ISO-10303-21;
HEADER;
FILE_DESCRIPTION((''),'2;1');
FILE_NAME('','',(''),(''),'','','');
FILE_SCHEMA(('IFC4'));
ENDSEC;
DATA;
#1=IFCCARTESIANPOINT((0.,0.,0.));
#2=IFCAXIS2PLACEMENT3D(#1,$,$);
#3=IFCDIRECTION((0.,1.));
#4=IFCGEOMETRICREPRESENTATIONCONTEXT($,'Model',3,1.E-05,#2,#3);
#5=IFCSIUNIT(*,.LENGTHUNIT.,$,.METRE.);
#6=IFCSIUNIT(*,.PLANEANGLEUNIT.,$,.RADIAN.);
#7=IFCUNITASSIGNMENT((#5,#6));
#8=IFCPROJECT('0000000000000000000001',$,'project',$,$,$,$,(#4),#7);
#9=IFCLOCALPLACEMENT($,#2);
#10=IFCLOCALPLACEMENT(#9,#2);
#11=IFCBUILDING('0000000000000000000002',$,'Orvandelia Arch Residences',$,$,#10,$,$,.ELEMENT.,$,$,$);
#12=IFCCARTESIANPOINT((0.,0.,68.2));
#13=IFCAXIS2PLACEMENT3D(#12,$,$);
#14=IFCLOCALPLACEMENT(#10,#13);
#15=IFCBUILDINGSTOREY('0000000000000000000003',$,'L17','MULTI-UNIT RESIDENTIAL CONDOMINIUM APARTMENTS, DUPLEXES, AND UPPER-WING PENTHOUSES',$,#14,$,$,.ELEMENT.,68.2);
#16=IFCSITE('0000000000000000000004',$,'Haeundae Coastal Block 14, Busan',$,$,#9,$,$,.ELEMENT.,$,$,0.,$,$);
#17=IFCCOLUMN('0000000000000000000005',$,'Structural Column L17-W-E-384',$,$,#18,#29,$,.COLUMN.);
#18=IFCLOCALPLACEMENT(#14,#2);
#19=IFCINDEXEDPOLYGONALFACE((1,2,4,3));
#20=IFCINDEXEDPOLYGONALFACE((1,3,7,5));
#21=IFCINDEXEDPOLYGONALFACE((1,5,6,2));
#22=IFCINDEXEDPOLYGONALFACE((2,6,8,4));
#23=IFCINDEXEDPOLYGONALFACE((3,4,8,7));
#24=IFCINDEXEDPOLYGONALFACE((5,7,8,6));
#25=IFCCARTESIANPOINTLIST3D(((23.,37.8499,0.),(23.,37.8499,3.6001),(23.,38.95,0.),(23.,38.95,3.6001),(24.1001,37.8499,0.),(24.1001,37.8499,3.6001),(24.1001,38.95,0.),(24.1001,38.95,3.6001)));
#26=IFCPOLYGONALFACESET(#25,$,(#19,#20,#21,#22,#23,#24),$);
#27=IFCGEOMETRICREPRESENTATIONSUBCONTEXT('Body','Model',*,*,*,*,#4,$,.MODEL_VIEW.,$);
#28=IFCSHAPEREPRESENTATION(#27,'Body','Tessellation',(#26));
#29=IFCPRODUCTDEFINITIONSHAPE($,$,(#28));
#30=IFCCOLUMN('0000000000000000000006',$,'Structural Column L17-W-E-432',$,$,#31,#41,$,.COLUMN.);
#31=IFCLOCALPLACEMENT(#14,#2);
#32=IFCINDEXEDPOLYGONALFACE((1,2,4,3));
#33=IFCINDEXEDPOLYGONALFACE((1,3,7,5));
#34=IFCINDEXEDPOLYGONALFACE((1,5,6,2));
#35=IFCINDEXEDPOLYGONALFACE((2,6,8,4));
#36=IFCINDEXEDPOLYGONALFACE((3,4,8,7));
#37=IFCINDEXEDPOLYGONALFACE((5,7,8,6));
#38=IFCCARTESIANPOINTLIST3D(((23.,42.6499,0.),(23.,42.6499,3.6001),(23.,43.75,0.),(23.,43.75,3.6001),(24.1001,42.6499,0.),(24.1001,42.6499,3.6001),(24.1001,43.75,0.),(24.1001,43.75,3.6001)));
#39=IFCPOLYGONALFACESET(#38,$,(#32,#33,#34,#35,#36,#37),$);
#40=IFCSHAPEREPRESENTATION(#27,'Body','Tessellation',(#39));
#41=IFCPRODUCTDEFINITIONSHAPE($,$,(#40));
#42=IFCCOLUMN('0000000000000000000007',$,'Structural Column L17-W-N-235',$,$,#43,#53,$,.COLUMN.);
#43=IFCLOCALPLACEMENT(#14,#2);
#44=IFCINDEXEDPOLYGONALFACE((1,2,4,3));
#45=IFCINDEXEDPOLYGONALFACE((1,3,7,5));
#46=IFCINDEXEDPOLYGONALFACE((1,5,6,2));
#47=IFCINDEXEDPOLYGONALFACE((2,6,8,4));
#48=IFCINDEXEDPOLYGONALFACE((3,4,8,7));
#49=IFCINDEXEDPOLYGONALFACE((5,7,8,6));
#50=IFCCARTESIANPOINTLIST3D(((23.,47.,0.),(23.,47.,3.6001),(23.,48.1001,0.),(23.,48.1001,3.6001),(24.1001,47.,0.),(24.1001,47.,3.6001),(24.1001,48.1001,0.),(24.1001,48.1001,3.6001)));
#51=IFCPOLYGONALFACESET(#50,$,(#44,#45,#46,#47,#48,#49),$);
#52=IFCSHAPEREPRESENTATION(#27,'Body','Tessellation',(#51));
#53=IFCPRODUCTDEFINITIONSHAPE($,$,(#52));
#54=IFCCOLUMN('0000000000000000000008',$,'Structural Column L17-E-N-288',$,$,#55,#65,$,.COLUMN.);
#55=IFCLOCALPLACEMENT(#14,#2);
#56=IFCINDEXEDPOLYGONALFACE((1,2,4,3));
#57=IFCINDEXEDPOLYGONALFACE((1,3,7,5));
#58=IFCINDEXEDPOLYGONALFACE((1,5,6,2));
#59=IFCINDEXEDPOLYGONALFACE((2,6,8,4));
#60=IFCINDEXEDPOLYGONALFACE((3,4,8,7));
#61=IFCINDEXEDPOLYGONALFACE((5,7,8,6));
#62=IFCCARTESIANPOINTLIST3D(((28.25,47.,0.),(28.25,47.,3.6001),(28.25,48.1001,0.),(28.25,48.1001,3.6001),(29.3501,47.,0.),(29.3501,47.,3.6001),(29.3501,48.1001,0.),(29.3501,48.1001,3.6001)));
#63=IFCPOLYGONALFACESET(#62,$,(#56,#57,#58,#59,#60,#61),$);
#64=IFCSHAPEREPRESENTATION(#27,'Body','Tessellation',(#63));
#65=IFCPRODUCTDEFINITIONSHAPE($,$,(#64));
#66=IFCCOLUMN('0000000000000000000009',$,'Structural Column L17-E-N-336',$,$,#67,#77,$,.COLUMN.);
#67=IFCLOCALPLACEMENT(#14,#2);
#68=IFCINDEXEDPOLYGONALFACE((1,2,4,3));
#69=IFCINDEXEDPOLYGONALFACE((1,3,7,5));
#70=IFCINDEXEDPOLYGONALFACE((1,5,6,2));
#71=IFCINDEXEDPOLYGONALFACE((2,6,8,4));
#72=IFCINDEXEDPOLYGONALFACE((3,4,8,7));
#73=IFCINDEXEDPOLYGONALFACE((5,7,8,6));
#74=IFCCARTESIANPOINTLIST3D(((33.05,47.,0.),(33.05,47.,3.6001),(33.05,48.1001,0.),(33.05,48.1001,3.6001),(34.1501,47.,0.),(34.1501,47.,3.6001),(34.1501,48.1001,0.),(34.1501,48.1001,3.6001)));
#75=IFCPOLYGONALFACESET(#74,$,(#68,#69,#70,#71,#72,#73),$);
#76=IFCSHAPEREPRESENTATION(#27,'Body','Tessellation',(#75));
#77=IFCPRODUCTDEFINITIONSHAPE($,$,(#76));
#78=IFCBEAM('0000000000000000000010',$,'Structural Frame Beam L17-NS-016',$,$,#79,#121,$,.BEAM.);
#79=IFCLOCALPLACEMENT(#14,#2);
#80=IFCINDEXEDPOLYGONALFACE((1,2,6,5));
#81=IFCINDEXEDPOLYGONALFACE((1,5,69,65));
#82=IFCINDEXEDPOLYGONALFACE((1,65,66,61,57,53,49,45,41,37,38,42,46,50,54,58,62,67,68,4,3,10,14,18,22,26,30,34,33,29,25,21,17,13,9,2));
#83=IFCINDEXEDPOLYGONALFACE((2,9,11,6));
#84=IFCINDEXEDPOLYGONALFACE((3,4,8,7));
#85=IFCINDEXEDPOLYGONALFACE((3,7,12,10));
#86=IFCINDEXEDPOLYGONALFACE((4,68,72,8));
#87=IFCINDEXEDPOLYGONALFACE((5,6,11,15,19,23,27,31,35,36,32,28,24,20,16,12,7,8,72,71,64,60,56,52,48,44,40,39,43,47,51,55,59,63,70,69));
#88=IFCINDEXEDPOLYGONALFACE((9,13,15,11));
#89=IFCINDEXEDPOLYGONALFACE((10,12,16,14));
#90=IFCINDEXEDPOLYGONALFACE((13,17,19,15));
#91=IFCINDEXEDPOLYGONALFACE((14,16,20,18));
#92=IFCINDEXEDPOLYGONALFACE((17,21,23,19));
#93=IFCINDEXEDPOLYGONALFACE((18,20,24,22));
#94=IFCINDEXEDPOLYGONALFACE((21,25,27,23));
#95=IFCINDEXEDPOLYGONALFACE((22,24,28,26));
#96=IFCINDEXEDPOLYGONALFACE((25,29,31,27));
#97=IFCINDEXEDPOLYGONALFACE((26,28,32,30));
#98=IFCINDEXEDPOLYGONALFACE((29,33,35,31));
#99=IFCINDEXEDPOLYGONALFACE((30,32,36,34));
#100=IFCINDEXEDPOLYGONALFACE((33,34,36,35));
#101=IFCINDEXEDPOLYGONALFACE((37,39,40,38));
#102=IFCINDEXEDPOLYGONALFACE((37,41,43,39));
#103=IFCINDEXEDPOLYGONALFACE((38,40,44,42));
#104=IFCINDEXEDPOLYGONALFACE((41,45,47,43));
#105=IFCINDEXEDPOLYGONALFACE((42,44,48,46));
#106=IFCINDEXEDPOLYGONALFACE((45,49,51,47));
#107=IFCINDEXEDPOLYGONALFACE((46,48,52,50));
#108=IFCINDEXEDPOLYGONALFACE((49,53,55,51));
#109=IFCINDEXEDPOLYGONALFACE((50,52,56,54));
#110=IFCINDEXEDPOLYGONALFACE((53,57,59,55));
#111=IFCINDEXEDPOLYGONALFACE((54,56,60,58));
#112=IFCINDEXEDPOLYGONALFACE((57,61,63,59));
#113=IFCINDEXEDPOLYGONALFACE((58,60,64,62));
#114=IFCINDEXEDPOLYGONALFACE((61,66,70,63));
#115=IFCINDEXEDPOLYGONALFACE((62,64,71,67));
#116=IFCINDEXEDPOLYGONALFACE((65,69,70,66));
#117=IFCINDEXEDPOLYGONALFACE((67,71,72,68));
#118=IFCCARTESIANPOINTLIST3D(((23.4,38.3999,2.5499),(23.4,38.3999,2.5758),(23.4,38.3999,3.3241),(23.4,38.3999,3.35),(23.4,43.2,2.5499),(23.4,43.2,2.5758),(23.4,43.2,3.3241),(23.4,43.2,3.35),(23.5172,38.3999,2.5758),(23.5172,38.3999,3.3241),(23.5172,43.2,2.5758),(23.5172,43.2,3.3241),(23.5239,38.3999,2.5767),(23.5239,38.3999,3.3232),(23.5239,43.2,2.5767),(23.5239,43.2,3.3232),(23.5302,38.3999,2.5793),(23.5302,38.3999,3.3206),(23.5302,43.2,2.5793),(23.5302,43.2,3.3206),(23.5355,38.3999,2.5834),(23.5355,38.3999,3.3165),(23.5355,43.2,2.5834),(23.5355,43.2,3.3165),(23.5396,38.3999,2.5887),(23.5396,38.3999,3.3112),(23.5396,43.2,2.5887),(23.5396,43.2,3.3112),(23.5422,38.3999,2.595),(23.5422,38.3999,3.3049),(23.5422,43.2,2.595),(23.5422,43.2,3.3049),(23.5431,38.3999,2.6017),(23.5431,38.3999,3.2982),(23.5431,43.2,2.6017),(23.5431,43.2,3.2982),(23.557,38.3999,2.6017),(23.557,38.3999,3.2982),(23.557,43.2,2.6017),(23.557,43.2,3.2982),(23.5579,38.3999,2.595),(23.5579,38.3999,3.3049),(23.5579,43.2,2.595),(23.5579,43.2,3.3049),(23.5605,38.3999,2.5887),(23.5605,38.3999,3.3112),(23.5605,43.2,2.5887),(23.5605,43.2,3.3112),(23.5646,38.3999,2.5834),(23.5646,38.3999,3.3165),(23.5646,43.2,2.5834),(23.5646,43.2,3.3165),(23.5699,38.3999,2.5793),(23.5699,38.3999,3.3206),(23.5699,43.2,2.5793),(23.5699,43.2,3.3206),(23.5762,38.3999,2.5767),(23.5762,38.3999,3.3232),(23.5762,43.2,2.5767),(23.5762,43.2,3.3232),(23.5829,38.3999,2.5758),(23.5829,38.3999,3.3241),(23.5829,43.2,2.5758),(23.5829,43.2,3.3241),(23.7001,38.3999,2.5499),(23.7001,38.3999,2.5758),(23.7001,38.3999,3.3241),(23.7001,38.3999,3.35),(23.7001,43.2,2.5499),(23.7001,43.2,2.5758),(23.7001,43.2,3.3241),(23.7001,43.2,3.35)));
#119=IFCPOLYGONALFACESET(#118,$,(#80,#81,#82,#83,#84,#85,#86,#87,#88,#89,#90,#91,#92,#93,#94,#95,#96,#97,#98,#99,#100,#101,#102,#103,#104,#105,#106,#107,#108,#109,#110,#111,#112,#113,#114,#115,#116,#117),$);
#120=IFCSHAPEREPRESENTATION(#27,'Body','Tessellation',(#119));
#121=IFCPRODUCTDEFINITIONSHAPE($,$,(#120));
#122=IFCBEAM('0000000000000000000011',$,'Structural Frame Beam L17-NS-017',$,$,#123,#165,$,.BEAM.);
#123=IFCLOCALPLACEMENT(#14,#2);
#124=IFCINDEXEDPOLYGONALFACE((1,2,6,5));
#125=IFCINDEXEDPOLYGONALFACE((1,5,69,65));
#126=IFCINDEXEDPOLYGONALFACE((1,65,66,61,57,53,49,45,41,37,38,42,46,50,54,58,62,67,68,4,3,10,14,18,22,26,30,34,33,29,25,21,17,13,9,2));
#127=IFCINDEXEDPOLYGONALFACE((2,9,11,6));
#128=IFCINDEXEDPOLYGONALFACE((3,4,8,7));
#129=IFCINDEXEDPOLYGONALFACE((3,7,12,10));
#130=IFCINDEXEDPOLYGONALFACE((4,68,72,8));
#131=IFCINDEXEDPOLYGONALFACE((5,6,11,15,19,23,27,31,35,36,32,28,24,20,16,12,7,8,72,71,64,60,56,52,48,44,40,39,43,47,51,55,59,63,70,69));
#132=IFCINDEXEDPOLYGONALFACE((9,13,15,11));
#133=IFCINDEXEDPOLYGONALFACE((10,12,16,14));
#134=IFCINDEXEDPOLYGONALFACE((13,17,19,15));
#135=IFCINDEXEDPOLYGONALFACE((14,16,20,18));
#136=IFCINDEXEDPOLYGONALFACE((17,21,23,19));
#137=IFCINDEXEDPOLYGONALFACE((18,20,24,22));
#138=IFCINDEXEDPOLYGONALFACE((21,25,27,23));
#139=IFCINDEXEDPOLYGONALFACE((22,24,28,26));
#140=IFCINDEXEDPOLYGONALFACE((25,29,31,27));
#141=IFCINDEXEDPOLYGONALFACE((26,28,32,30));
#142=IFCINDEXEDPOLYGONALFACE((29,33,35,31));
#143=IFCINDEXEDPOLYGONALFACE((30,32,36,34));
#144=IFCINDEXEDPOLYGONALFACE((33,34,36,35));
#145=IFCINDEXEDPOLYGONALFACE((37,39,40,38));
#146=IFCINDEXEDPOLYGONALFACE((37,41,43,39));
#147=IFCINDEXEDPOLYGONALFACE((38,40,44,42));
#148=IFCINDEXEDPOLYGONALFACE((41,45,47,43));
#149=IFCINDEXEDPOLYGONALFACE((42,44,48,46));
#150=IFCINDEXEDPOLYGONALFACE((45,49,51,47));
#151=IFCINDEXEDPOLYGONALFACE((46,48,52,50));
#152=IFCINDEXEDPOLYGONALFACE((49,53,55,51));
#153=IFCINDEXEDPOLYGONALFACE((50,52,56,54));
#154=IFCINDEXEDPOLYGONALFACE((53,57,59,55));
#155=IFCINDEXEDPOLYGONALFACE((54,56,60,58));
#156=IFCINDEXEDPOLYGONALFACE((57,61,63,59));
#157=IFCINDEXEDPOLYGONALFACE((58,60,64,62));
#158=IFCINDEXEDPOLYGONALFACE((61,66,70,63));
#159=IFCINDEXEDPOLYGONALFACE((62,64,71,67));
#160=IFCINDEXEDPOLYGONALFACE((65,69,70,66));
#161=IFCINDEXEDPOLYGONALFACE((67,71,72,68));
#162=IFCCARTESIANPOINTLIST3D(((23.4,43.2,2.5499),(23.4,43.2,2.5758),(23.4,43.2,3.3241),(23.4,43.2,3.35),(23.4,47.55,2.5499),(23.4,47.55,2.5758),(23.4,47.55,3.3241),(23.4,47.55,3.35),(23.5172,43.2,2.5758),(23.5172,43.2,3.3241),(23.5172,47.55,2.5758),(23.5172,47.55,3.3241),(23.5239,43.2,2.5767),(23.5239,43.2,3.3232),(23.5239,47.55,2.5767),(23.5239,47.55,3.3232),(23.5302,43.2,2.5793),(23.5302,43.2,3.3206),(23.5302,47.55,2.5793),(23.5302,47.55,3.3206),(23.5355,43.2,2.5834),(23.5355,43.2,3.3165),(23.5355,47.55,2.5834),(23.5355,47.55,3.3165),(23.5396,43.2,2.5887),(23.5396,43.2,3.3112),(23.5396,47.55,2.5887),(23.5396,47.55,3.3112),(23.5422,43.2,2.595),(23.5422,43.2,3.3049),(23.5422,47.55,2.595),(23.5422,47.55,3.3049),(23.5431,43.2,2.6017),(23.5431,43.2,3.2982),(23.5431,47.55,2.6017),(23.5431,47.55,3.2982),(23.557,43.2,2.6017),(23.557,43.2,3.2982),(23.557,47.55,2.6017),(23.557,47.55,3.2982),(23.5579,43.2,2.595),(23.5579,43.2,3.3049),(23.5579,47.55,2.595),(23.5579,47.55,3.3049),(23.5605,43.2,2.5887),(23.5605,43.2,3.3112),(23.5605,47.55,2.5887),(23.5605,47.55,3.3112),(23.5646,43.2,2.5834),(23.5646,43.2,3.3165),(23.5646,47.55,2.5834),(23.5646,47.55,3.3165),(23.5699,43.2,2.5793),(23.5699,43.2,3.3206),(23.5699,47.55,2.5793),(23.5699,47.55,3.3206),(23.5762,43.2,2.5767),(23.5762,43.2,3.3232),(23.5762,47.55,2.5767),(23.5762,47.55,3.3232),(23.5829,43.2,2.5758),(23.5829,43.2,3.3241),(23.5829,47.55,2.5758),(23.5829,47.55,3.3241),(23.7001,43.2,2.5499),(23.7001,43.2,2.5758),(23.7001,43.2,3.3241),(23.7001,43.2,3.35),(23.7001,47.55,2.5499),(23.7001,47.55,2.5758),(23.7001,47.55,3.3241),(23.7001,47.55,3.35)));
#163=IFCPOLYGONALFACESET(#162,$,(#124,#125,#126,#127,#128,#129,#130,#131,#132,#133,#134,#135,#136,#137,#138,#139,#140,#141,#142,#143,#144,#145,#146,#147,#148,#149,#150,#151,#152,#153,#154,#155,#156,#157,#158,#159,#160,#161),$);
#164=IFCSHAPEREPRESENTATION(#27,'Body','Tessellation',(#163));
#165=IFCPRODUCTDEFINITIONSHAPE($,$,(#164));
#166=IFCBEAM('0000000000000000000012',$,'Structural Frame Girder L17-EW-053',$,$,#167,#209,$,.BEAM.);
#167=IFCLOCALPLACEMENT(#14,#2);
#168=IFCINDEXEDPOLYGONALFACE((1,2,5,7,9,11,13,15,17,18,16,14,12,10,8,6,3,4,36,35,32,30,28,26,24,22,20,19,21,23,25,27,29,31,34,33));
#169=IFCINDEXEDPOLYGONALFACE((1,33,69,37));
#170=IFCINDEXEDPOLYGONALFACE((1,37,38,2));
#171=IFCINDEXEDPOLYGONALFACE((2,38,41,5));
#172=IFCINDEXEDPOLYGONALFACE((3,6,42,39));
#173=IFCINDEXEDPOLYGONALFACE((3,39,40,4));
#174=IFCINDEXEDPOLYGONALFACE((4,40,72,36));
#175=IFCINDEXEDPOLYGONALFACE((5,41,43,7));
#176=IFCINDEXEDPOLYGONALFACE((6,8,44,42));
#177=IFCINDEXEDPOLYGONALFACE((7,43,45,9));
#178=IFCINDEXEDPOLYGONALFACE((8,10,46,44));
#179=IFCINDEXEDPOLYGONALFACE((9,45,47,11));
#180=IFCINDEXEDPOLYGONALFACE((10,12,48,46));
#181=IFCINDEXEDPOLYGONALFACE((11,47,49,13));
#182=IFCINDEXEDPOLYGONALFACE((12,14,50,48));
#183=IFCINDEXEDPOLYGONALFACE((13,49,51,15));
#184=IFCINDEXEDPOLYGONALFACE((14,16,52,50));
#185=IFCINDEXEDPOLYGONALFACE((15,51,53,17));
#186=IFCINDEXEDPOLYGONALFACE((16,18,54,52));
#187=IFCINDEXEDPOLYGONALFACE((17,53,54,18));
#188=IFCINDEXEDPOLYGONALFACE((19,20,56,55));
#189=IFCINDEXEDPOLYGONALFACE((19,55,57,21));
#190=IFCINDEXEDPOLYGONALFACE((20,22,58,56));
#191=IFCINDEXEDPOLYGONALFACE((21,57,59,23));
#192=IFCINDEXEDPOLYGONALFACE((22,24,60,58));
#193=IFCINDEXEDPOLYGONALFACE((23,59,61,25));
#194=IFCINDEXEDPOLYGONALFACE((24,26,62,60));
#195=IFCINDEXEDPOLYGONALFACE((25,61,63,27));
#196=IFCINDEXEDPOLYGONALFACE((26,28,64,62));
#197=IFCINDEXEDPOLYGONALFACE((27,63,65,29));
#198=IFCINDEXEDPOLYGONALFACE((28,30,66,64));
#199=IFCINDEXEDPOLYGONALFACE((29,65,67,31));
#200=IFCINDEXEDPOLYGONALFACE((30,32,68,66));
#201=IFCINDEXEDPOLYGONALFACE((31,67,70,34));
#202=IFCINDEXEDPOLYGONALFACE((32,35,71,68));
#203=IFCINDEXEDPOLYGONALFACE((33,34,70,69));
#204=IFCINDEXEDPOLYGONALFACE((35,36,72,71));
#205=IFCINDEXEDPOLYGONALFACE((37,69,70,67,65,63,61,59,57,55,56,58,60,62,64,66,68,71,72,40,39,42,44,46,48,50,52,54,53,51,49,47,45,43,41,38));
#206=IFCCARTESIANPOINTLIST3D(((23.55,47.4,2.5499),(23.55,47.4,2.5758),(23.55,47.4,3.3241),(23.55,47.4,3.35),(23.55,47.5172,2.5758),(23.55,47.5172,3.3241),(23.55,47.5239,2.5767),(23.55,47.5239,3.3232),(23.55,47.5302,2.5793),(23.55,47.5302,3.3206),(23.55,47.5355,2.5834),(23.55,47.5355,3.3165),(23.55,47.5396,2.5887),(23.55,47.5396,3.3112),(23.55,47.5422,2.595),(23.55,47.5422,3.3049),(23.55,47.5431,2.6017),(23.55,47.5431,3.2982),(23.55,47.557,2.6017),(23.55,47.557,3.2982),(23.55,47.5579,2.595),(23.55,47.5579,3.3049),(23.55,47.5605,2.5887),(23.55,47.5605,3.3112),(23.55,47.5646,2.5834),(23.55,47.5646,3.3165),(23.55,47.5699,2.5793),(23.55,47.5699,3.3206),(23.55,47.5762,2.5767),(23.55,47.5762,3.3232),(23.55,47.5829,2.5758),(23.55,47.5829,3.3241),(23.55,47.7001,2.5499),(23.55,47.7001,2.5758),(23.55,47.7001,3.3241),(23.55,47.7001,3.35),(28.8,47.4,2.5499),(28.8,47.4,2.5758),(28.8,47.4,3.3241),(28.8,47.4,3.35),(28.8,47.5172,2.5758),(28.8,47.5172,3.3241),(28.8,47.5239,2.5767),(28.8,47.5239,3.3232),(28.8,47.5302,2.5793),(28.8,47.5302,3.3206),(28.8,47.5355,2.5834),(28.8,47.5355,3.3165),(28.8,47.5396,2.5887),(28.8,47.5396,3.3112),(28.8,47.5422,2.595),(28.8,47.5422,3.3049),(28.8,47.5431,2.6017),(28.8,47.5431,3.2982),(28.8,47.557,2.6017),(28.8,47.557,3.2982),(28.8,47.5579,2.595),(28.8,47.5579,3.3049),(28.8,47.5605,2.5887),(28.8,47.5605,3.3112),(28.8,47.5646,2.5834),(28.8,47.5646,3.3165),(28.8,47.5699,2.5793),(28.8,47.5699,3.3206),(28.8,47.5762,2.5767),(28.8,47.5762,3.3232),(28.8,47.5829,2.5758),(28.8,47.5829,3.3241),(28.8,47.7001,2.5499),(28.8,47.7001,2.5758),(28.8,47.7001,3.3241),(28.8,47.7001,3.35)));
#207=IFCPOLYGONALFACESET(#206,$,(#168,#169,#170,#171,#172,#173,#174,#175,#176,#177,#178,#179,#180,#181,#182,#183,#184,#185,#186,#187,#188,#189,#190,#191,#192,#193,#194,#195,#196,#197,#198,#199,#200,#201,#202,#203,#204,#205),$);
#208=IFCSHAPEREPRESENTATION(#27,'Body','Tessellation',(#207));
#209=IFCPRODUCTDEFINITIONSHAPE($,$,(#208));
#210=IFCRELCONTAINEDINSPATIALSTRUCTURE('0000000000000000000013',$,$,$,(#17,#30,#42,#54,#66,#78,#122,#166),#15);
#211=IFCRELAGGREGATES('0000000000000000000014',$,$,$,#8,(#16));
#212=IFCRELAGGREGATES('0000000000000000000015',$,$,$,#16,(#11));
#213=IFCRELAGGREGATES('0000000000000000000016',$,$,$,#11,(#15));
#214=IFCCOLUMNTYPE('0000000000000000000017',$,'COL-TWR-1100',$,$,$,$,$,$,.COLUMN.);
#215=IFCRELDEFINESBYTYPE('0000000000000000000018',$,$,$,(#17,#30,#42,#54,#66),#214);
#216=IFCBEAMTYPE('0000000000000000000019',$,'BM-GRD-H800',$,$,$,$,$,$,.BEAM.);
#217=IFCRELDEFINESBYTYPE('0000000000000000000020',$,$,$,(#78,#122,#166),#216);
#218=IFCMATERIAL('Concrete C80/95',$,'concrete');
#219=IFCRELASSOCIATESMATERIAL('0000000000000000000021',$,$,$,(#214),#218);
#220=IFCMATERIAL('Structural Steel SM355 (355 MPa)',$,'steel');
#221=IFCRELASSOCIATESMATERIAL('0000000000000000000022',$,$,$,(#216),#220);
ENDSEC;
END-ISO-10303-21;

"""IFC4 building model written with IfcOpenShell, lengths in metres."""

from ifc_helpers import new_model, si_unit, direction, frame, origin, origin_2d, place, context, subcontext, project, spatial, rectangle, i_section, extrude, material, material_profile, profile_set, type_object, element, save


model = new_model("IFC4")

# Units and contexts
model_context = context("Model", 3, precision=1e-05, world=origin(), true_north=direction((0.0, 1.0)))
body_context = subcontext(model_context, "Body", "Model", "MODEL_VIEW")
ifc_project = project(units=[si_unit("LENGTHUNIT", "METRE"), si_unit("PLANEANGLEUNIT", "RADIAN")], contexts=[model_context])

# Site, building, storey
site_placement = place(None, origin())
site = spatial("IfcSite", under=ifc_project, at=site_placement, Name="Haeundae Coastal Block 14, Busan", CompositionType="ELEMENT", RefElevation=0.0)
building_placement = place(site_placement, origin())
building = spatial("IfcBuilding", under=site, at=building_placement, Name="Orvandelia Arch Residences", CompositionType="ELEMENT")
storey_placement = place(building_placement, frame((0.0, 0.0, 68.2)))
storey = spatial("IfcBuildingStorey", under=building, at=storey_placement, Name="L17", Description="MULTI-UNIT RESIDENTIAL CONDOMINIUM APARTMENTS, DUPLEXES, AND UPPER-WING PENTHOUSES", CompositionType="ELEMENT", Elevation=68.2)

# Columns
ifc_material_1 = material(Name="Concrete C80/95", Category="concrete")
ifc_material_profile_1 = material_profile(ifc_material_1, rectangle(XDim=1.1001, YDim=1.1001, at=origin_2d()), Name="Concrete C80/95", Category="concrete")
ifc_profile_set_1 = profile_set([ifc_material_profile_1], Name="Concrete C80/95")
column_type = type_object("IfcColumnType", Name="COL-TWR-1100", PredefinedType="COLUMN", material=ifc_profile_set_1)
for number, where, z_axis, x_axis, name in (
    (1, (23.55, 38.3999, 0.0), (0.0, 0.0, 1.0), (1.0, 0.0, 0.0), "Structural Column L17-W-E-384"),
    (2, (23.55, 43.2, 0.0), (0.0, 0.0, 1.0), (1.0, 0.0, 0.0), "Structural Column L17-W-E-432"),
    (3, (23.55, 47.55, 0.0), (0.0, 0.0, 1.0), (1.0, 0.0, 0.0), "Structural Column L17-W-N-235"),
    (4, (28.8, 47.55, 0.0), (0.0, 0.0, 1.0), (1.0, 0.0, 0.0), "Structural Column L17-E-N-288"),
    (5, (33.6001, 47.55, 0.0), (0.0, 0.0, 1.0), (1.0, 0.0, 0.0), "Structural Column L17-E-N-336"),
):
    element("IfcColumn", number, at=place(storey_placement, frame(where, z_axis=z_axis, x_axis=x_axis)), inside=storey, type_object=column_type, Name=name, PredefinedType="COLUMN", context=body_context, shape_type="SweptSolid", body=[
        extrude(rectangle(XDim=1.1001, YDim=1.1001, at=origin_2d()), origin(), (0.0, 0.0, 1.0), 3.6001),
    ])

# Beams
ifc_material_2 = material(Name="Structural Steel SM355 (355 MPa)", Category="steel")
ifc_material_profile_2 = material_profile(ifc_material_2, i_section(OverallWidth=0.3, OverallDepth=0.8, WebThickness=0.0139, FlangeThickness=0.0259, FilletRadius=0.0259, at=origin_2d()), Name="Structural Steel SM355 (355 MPa)", Category="steel")
ifc_profile_set_2 = profile_set([ifc_material_profile_2], Name="Structural Steel SM355 (355 MPa)")
beam_type = type_object("IfcBeamType", Name="BM-GRD-H800", PredefinedType="BEAM", material=ifc_profile_set_2)
beam_1_placement = place(storey_placement, frame((23.55, 38.3999, 2.95), z_axis=(0.0, 1.0, 0.0), x_axis=(-1.0, 0.0, 0.0)))
element("IfcBeam", 6, at=beam_1_placement, inside=storey, type_object=beam_type, Name="Structural Frame Beam L17-NS-016", PredefinedType="BEAM", context=body_context, shape_type="SweptSolid", body=[
    extrude(i_section(OverallWidth=0.3, OverallDepth=0.8, WebThickness=0.0139, FlangeThickness=0.0259, FilletRadius=0.0259, at=origin_2d()), origin(), (0.0, 0.0, 1.0), 4.8),
])
beam_2_placement = place(storey_placement, frame((23.55, 43.2, 2.95), z_axis=(0.0, 1.0, 0.0), x_axis=(-1.0, 0.0, 0.0)))
element("IfcBeam", 7, at=beam_2_placement, inside=storey, type_object=beam_type, Name="Structural Frame Beam L17-NS-017", PredefinedType="BEAM", context=body_context, shape_type="SweptSolid", body=[
    extrude(i_section(OverallWidth=0.3, OverallDepth=0.8, WebThickness=0.0139, FlangeThickness=0.0259, FilletRadius=0.0259, at=origin_2d()), origin(), (0.0, 0.0, 1.0), 4.3501),
])
beam_3_placement = place(storey_placement, frame((23.55, 47.55, 2.95), z_axis=(1.0, 0.0, 0.0), x_axis=(0.0, 1.0, 0.0)))
element("IfcBeam", 8, at=beam_3_placement, inside=storey, type_object=beam_type, Name="Structural Frame Girder L17-EW-053", PredefinedType="BEAM", context=body_context, shape_type="SweptSolid", body=[
    extrude(i_section(OverallWidth=0.3, OverallDepth=0.8, WebThickness=0.0139, FlangeThickness=0.0259, FilletRadius=0.0259, at=origin_2d()), origin(), (0.0, 0.0, 1.0), 5.25),
])

save(model, "model.ifc")
